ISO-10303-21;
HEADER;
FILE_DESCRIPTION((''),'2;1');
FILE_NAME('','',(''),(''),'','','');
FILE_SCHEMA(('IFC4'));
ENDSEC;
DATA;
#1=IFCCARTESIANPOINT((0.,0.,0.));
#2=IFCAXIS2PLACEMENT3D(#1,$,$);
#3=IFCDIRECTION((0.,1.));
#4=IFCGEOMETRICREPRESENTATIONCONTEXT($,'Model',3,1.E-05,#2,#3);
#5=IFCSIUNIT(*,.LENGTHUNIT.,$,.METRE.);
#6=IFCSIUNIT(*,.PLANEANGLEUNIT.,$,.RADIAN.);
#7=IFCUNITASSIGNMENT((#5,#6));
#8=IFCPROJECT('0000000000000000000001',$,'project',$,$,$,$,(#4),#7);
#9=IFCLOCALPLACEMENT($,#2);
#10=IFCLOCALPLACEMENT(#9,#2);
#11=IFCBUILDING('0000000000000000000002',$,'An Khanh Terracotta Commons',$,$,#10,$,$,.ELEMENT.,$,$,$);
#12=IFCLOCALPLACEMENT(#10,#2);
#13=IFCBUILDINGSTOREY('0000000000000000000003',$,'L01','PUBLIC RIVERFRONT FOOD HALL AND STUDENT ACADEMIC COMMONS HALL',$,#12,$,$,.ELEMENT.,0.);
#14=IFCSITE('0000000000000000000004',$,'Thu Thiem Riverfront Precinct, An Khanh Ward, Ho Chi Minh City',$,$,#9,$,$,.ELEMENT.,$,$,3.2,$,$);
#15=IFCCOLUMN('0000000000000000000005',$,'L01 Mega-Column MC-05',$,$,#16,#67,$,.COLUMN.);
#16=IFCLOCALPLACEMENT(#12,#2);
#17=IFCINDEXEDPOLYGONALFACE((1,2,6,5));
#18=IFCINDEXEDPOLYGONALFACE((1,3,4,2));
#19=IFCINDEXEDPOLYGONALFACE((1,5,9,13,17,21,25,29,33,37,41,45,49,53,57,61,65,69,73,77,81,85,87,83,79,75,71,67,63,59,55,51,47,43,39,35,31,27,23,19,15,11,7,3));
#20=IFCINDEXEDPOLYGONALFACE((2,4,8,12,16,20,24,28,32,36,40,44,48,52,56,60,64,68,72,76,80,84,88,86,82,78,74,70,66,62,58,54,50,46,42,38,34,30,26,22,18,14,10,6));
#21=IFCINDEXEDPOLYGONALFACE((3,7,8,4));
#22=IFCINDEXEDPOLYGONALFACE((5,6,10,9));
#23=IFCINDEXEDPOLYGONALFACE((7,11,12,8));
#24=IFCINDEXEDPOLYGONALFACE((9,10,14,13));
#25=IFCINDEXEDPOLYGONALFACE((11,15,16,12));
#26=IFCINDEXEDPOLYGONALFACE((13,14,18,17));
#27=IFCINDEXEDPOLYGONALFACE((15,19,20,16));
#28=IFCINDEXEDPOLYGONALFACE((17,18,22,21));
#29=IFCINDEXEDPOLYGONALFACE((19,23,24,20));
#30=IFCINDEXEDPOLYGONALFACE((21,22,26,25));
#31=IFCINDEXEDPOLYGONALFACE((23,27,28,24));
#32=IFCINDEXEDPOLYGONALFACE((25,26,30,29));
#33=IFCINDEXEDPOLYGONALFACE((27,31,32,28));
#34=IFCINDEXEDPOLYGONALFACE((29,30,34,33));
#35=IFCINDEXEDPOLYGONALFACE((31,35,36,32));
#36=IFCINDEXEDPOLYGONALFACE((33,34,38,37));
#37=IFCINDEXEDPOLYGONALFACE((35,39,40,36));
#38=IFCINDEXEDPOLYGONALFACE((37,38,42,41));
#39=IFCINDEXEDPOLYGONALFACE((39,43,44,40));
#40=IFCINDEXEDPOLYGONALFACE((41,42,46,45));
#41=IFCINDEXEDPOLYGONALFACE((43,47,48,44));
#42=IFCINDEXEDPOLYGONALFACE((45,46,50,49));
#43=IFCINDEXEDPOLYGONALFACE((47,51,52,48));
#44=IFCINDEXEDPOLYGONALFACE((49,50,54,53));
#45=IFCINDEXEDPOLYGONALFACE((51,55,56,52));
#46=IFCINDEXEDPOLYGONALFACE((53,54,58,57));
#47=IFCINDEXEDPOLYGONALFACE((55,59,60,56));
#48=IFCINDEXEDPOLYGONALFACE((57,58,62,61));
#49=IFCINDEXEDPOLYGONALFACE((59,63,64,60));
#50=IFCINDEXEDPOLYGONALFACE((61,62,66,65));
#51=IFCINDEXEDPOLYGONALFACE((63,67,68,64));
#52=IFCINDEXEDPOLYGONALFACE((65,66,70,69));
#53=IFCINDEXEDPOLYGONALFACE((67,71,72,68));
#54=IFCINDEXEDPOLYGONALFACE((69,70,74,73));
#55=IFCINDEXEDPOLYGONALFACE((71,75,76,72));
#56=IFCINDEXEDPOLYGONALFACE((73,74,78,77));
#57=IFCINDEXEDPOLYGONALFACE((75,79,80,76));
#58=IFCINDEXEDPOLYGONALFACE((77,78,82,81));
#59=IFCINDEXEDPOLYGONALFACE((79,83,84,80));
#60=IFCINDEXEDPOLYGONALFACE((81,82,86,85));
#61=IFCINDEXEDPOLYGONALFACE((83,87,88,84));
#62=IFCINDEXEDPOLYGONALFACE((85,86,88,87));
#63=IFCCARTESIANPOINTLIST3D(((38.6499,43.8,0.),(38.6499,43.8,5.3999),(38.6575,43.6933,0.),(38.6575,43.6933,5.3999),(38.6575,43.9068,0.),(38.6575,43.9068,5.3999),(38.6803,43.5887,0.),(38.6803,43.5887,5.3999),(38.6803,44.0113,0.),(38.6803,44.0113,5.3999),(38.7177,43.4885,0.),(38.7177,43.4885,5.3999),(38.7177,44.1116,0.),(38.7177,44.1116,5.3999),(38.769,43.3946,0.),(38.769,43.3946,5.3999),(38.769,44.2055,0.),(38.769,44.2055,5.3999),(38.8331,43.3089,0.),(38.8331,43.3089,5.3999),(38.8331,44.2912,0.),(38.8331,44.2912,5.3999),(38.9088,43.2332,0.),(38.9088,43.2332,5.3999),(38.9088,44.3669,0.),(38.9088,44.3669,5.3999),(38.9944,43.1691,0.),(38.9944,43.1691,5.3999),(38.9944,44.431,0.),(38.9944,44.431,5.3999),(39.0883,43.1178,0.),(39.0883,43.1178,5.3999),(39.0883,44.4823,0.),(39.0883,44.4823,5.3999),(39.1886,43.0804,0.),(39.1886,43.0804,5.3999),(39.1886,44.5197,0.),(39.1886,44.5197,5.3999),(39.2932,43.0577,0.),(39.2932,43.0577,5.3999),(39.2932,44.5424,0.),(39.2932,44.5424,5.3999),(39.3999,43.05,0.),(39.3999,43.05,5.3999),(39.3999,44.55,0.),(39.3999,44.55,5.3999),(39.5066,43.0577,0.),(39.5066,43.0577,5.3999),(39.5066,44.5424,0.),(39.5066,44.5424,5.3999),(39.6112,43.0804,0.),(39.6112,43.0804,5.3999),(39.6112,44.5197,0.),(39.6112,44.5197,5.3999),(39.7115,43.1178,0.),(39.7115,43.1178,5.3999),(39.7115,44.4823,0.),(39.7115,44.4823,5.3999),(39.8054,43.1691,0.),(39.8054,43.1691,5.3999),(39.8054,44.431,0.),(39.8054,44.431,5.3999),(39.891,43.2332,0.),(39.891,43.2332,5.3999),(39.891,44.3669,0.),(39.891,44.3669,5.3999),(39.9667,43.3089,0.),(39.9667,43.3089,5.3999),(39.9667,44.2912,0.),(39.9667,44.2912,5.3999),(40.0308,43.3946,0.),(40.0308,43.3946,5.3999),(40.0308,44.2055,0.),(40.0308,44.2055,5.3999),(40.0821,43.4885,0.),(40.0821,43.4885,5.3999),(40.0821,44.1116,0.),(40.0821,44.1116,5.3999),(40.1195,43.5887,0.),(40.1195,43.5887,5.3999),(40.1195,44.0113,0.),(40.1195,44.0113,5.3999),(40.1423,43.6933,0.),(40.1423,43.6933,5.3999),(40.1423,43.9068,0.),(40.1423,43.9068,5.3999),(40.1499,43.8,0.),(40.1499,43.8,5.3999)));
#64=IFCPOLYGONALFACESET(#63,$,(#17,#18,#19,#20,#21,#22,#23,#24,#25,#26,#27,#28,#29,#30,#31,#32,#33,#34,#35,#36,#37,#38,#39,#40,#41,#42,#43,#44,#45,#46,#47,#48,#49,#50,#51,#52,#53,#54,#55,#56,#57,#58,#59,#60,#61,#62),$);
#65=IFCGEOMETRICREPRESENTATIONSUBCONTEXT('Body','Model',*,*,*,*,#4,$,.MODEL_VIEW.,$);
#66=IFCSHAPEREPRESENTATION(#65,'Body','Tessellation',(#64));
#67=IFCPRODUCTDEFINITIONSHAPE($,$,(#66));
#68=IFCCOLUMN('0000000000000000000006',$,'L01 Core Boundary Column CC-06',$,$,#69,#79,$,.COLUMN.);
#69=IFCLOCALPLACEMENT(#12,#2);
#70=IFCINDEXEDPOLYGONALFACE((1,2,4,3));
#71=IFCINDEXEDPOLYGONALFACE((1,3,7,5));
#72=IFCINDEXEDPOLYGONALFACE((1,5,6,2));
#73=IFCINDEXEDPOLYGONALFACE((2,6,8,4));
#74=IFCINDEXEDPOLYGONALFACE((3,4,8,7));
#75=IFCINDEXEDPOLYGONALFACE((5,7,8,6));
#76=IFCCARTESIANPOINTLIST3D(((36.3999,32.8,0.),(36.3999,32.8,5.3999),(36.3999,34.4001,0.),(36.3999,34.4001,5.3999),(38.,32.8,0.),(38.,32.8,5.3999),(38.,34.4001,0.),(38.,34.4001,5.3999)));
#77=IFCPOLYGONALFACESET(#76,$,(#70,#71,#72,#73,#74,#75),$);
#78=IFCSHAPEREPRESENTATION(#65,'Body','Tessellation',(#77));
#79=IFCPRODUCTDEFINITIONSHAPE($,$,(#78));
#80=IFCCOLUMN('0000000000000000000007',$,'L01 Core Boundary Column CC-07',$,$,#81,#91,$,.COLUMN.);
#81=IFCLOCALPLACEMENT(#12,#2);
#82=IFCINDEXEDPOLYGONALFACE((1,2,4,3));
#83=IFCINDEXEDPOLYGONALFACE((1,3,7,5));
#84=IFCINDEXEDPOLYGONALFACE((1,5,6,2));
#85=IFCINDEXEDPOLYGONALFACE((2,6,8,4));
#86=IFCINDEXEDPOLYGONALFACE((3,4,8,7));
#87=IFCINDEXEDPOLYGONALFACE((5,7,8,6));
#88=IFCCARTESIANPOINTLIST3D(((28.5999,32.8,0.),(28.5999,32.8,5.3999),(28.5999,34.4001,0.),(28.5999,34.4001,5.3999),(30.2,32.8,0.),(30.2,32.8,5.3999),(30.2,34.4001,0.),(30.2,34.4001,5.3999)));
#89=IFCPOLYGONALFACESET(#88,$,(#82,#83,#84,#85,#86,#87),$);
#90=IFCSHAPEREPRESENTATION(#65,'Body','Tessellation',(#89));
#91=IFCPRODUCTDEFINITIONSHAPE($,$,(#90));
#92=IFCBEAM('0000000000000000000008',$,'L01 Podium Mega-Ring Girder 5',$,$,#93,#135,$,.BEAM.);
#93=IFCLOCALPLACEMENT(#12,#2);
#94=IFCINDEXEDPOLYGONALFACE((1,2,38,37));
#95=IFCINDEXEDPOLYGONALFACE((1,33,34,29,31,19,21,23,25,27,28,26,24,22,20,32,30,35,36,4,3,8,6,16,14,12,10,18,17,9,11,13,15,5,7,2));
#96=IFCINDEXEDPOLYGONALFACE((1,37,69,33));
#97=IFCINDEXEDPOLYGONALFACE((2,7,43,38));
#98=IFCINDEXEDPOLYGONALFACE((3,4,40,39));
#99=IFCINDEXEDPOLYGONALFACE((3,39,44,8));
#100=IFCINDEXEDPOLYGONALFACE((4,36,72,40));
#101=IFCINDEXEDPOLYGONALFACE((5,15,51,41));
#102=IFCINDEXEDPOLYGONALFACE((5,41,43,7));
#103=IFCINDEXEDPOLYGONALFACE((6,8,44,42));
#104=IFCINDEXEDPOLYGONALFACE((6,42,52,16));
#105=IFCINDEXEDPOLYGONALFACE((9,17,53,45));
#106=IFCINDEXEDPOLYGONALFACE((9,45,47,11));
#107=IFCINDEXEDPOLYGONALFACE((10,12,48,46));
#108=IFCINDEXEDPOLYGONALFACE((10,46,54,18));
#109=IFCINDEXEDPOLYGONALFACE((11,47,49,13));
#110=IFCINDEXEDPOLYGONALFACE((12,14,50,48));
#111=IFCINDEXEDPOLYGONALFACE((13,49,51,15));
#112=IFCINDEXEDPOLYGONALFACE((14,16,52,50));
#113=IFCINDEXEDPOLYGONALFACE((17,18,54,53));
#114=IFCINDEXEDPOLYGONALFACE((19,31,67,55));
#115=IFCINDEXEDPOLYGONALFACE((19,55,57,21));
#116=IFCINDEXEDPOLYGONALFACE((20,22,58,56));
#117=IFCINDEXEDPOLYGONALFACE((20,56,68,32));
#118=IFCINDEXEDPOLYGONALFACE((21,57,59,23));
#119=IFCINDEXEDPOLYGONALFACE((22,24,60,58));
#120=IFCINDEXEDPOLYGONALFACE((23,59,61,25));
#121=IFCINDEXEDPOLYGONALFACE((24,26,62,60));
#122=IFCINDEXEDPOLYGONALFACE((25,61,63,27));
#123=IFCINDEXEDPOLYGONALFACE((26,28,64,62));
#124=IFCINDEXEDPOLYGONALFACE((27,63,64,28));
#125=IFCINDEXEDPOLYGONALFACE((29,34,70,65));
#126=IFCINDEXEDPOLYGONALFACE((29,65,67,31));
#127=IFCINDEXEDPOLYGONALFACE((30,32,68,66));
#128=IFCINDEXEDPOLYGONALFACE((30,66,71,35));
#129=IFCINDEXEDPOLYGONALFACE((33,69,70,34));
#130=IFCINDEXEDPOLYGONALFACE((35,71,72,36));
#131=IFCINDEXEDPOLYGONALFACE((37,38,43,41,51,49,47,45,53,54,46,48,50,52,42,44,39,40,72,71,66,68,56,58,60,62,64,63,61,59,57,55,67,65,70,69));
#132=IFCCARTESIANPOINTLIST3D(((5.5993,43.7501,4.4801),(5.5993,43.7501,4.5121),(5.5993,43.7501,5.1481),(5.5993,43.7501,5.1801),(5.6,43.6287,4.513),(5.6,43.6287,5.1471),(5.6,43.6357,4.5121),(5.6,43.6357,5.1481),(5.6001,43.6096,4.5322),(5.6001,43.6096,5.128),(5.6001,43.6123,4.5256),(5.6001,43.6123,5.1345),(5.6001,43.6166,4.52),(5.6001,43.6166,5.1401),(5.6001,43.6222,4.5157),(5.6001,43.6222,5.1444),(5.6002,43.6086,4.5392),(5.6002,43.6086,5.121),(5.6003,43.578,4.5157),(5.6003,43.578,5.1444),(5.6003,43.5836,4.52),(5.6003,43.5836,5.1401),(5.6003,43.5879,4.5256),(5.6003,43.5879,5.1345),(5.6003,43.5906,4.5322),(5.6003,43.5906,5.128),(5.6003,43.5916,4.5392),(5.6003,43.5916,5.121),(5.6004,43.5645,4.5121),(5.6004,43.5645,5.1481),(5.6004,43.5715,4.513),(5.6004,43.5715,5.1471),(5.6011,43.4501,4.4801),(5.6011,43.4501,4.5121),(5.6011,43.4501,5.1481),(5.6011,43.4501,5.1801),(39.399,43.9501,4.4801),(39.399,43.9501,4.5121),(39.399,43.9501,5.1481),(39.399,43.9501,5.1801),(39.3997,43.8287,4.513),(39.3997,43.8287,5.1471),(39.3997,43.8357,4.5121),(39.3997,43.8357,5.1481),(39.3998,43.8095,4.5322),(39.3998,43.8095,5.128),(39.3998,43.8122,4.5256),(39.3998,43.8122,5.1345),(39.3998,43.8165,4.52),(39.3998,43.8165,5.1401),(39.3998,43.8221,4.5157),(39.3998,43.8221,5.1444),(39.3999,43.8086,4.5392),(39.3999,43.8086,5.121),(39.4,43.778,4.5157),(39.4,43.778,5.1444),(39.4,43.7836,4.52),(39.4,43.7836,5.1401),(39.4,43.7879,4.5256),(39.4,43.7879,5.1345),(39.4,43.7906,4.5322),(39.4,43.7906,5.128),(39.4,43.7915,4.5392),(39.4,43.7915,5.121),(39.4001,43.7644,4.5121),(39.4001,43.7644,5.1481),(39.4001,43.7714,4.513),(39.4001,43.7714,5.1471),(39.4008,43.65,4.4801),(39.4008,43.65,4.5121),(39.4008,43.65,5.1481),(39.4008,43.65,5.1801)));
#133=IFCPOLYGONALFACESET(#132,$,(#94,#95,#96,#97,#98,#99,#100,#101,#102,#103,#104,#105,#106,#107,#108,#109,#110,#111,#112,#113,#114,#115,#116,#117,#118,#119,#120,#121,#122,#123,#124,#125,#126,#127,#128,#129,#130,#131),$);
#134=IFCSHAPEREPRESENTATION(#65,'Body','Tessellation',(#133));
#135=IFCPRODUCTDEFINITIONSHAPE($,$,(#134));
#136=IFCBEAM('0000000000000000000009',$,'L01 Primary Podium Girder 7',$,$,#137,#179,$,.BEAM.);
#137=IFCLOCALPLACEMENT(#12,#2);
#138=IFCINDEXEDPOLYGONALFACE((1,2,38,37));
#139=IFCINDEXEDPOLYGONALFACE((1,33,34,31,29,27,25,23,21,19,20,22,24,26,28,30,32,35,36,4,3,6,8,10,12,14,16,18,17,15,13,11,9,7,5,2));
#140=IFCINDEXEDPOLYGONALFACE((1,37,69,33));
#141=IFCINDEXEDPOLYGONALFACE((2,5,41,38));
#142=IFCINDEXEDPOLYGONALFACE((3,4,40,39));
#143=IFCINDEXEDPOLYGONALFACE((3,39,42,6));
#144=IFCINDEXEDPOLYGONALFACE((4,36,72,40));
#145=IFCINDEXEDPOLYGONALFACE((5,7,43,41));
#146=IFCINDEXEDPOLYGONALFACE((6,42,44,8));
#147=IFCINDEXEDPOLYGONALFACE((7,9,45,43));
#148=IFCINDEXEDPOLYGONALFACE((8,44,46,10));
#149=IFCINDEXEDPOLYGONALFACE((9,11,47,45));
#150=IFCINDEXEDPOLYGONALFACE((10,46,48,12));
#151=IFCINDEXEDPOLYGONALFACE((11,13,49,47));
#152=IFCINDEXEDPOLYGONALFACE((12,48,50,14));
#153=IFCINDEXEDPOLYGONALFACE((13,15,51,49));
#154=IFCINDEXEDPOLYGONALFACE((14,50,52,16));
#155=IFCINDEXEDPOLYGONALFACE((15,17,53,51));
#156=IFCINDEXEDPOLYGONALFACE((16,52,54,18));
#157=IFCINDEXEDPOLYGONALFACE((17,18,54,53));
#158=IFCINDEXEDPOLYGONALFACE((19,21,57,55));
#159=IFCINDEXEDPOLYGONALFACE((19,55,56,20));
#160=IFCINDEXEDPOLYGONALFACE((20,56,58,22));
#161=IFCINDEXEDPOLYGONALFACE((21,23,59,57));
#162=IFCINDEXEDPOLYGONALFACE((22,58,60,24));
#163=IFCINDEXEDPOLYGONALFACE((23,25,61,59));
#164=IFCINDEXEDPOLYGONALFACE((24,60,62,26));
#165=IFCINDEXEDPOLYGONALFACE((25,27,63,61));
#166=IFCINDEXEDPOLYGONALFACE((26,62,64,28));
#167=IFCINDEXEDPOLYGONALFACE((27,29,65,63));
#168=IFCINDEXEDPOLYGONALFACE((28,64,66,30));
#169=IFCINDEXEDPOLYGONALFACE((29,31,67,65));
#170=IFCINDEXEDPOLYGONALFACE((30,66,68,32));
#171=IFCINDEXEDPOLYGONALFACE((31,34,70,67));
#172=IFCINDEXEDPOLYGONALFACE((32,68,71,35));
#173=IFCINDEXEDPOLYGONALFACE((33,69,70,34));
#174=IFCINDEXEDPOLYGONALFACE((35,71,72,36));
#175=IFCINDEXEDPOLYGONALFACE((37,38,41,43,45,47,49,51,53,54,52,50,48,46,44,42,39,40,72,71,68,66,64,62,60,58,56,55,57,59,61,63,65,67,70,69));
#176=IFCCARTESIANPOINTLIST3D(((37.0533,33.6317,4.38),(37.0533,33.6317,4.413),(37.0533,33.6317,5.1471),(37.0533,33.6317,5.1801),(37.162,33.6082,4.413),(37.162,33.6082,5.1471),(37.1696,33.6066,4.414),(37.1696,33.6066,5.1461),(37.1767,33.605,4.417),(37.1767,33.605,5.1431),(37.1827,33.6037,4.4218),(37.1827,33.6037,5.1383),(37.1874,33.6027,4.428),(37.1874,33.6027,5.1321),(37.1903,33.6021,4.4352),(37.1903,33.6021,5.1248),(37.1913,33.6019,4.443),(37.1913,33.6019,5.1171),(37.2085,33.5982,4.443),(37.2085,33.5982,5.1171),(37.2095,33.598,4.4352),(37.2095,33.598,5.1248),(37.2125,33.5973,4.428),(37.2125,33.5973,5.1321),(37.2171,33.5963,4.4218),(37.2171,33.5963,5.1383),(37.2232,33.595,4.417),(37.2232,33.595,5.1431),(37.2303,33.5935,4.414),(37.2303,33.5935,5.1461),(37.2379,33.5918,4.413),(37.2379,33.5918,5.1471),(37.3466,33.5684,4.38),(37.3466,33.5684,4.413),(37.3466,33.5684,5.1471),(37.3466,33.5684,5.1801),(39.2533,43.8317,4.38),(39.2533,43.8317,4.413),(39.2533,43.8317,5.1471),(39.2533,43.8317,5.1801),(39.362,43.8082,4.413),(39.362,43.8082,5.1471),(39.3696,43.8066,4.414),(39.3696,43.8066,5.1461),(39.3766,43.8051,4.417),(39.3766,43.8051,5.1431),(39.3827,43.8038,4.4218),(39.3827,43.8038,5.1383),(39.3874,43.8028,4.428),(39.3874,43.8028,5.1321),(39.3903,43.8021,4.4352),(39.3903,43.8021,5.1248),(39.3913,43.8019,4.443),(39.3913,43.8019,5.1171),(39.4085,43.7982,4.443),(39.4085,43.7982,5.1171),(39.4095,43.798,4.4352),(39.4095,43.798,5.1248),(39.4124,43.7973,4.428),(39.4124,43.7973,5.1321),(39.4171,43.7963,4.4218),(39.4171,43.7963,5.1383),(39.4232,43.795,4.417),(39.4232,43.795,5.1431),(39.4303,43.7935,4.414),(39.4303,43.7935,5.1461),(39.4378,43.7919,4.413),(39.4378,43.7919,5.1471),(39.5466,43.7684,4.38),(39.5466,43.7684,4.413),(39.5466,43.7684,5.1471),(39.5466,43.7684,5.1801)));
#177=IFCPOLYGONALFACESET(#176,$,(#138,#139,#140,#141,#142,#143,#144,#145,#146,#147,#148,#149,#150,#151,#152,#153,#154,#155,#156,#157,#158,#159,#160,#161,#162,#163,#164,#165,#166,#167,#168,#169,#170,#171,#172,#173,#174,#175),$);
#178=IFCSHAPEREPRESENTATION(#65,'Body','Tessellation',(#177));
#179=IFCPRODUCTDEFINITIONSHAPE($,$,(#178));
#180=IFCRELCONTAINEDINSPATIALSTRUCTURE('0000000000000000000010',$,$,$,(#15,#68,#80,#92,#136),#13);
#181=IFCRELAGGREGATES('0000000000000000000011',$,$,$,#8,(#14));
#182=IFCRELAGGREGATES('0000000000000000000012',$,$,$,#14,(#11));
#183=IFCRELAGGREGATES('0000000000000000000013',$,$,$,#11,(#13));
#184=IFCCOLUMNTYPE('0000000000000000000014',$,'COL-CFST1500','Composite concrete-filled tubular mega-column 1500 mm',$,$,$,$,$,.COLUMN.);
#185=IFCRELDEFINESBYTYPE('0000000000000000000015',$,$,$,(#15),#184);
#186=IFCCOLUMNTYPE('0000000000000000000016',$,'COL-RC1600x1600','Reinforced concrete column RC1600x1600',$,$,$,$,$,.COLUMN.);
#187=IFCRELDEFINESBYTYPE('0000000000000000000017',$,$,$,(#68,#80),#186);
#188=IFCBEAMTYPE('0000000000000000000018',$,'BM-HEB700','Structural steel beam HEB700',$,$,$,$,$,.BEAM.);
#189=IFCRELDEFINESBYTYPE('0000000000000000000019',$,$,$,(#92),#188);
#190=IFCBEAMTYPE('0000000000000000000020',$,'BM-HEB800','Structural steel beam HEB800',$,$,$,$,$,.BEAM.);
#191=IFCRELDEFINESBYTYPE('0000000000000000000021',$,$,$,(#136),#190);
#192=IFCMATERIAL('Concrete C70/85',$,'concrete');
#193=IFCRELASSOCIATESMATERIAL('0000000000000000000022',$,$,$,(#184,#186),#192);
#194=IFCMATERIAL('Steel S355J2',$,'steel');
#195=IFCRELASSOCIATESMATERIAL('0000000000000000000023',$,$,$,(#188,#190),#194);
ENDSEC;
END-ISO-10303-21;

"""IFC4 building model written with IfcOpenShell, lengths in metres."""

from ifc_helpers import new_model, si_unit, direction, frame, origin, origin_2d, place, context, subcontext, project, spatial, rectangle, circle, i_section, extrude, material, material_profile, profile_set, type_object, element, save


model = new_model("IFC4")

# Units and contexts
model_context = context("Model", 3, precision=1e-05, world=origin(), true_north=direction((0.0, 1.0)))
body_context = subcontext(model_context, "Body", "Model", "MODEL_VIEW")
ifc_project = project(units=[si_unit("LENGTHUNIT", "METRE"), si_unit("PLANEANGLEUNIT", "RADIAN")], contexts=[model_context])

# Site, building, storey
site_placement = place(None, origin())
site = spatial("IfcSite", under=ifc_project, at=site_placement, Name="Thu Thiem Riverfront Precinct, An Khanh Ward, Ho Chi Minh City", CompositionType="ELEMENT", RefElevation=3.2)
building_placement = place(site_placement, origin())
building = spatial("IfcBuilding", under=site, at=building_placement, Name="An Khanh Terracotta Commons", CompositionType="ELEMENT")
storey_placement = place(building_placement, origin())
storey = spatial("IfcBuildingStorey", under=building, at=storey_placement, Name="L01", Description="PUBLIC RIVERFRONT FOOD HALL AND STUDENT ACADEMIC COMMONS HALL", CompositionType="ELEMENT", Elevation=0.0)

# Columns
ifc_material_1 = material(Name="Concrete C70/85", Category="concrete")
ifc_material_profile_1 = material_profile(ifc_material_1, circle(Radius=0.75, at=origin_2d()), Name="CFST1500")
ifc_profile_set_1 = profile_set([ifc_material_profile_1], Name="Concrete C70/85")
column_type_1 = type_object("IfcColumnType", Name="COL-CFST1500", Description="Composite concrete-filled tubular mega-column 1500 mm", PredefinedType="COLUMN", material=ifc_profile_set_1)
column_placement = place(storey_placement, frame((39.3999, 43.8, 0.0), z_axis=(0.0, 0.0, 1.0), x_axis=(1.0, 0.0, 0.0)))
element("IfcColumn", 1, at=column_placement, inside=storey, type_object=column_type_1, Name="L01 Mega-Column MC-05", PredefinedType="COLUMN", context=body_context, shape_type="SweptSolid", body=[
    extrude(circle(Radius=0.75, at=origin_2d()), origin(), (0.0, 0.0, 1.0), 5.3999),
])
ifc_material_profile_2 = material_profile(ifc_material_1, rectangle(XDim=1.6001, YDim=1.6001, at=origin_2d()), Name="RC1600x1600")
ifc_profile_set_2 = profile_set([ifc_material_profile_2], Name="Concrete C70/85")
column_type_2 = type_object("IfcColumnType", Name="COL-RC1600x1600", Description="Reinforced concrete column RC1600x1600", PredefinedType="COLUMN", material=ifc_profile_set_2)
for number, where, z_axis, x_axis, name in (
    (2, (37.2, 33.6001, 0.0), (0.0, 0.0, 1.0), (1.0, 0.0, 0.0), "L01 Core Boundary Column CC-06"),
    (3, (29.3999, 33.6001, 0.0), (0.0, 0.0, 1.0), (1.0, 0.0, 0.0), "L01 Core Boundary Column CC-07"),
):
    element("IfcColumn", number, at=place(storey_placement, frame(where, z_axis=z_axis, x_axis=x_axis)), inside=storey, type_object=column_type_2, Name=name, PredefinedType="COLUMN", context=body_context, shape_type="SweptSolid", body=[
        extrude(rectangle(XDim=1.6001, YDim=1.6001, at=origin_2d()), origin(), (0.0, 0.0, 1.0), 5.3999),
    ])

# Beams
ifc_material_2 = material(Name="Steel S355J2", Category="steel")
ifc_material_profile_3 = material_profile(ifc_material_2, i_section(OverallWidth=0.3, OverallDepth=0.7, WebThickness=0.0171, FlangeThickness=0.032, FilletRadius=0.0271, at=origin_2d()), Name="HEB700")
ifc_profile_set_3 = profile_set([ifc_material_profile_3], Name="Steel S355J2")
beam_type_1 = type_object("IfcBeamType", Name="BM-HEB700", Description="Structural steel beam HEB700", PredefinedType="BEAM", material=ifc_profile_set_3)
beam_1_placement = place(storey_placement, frame((39.3999, 43.8, 4.8301), z_axis=(-0.999983, -0.005916, 0.0), x_axis=(0.005916, -0.999983, 0.0)))
element("IfcBeam", 4, at=beam_1_placement, inside=storey, type_object=beam_type_1, Name="L01 Podium Mega-Ring Girder 5", PredefinedType="BEAM", context=body_context, shape_type="SweptSolid", body=[
    extrude(i_section(OverallWidth=0.3, OverallDepth=0.7, WebThickness=0.0171, FlangeThickness=0.032, FilletRadius=0.0271, at=origin_2d()), origin(), (0.0, 0.0, 1.0), 33.8003),
])
ifc_material_profile_4 = material_profile(ifc_material_2, i_section(OverallWidth=0.3, OverallDepth=0.8, WebThickness=0.0176, FlangeThickness=0.033, FilletRadius=0.03, at=origin_2d()), Name="HEB800")
ifc_profile_set_4 = profile_set([ifc_material_profile_4], Name="Steel S355J2")
beam_type_2 = type_object("IfcBeamType", Name="BM-HEB800", Description="Structural steel beam HEB800", PredefinedType="BEAM", material=ifc_profile_set_4)
beam_2_placement = place(storey_placement, frame((39.3999, 43.8, 4.78), z_axis=(-0.210834, -0.977522, 0.0), x_axis=(0.977522, -0.210834, 0.0)))
element("IfcBeam", 5, at=beam_2_placement, inside=storey, type_object=beam_type_2, Name="L01 Primary Podium Girder 7", PredefinedType="BEAM", context=body_context, shape_type="SweptSolid", body=[
    extrude(i_section(OverallWidth=0.3, OverallDepth=0.8, WebThickness=0.0176, FlangeThickness=0.033, FilletRadius=0.03, at=origin_2d()), origin(), (0.0, 0.0, 1.0), 10.4346),
])

save(model, "model.ifc")
